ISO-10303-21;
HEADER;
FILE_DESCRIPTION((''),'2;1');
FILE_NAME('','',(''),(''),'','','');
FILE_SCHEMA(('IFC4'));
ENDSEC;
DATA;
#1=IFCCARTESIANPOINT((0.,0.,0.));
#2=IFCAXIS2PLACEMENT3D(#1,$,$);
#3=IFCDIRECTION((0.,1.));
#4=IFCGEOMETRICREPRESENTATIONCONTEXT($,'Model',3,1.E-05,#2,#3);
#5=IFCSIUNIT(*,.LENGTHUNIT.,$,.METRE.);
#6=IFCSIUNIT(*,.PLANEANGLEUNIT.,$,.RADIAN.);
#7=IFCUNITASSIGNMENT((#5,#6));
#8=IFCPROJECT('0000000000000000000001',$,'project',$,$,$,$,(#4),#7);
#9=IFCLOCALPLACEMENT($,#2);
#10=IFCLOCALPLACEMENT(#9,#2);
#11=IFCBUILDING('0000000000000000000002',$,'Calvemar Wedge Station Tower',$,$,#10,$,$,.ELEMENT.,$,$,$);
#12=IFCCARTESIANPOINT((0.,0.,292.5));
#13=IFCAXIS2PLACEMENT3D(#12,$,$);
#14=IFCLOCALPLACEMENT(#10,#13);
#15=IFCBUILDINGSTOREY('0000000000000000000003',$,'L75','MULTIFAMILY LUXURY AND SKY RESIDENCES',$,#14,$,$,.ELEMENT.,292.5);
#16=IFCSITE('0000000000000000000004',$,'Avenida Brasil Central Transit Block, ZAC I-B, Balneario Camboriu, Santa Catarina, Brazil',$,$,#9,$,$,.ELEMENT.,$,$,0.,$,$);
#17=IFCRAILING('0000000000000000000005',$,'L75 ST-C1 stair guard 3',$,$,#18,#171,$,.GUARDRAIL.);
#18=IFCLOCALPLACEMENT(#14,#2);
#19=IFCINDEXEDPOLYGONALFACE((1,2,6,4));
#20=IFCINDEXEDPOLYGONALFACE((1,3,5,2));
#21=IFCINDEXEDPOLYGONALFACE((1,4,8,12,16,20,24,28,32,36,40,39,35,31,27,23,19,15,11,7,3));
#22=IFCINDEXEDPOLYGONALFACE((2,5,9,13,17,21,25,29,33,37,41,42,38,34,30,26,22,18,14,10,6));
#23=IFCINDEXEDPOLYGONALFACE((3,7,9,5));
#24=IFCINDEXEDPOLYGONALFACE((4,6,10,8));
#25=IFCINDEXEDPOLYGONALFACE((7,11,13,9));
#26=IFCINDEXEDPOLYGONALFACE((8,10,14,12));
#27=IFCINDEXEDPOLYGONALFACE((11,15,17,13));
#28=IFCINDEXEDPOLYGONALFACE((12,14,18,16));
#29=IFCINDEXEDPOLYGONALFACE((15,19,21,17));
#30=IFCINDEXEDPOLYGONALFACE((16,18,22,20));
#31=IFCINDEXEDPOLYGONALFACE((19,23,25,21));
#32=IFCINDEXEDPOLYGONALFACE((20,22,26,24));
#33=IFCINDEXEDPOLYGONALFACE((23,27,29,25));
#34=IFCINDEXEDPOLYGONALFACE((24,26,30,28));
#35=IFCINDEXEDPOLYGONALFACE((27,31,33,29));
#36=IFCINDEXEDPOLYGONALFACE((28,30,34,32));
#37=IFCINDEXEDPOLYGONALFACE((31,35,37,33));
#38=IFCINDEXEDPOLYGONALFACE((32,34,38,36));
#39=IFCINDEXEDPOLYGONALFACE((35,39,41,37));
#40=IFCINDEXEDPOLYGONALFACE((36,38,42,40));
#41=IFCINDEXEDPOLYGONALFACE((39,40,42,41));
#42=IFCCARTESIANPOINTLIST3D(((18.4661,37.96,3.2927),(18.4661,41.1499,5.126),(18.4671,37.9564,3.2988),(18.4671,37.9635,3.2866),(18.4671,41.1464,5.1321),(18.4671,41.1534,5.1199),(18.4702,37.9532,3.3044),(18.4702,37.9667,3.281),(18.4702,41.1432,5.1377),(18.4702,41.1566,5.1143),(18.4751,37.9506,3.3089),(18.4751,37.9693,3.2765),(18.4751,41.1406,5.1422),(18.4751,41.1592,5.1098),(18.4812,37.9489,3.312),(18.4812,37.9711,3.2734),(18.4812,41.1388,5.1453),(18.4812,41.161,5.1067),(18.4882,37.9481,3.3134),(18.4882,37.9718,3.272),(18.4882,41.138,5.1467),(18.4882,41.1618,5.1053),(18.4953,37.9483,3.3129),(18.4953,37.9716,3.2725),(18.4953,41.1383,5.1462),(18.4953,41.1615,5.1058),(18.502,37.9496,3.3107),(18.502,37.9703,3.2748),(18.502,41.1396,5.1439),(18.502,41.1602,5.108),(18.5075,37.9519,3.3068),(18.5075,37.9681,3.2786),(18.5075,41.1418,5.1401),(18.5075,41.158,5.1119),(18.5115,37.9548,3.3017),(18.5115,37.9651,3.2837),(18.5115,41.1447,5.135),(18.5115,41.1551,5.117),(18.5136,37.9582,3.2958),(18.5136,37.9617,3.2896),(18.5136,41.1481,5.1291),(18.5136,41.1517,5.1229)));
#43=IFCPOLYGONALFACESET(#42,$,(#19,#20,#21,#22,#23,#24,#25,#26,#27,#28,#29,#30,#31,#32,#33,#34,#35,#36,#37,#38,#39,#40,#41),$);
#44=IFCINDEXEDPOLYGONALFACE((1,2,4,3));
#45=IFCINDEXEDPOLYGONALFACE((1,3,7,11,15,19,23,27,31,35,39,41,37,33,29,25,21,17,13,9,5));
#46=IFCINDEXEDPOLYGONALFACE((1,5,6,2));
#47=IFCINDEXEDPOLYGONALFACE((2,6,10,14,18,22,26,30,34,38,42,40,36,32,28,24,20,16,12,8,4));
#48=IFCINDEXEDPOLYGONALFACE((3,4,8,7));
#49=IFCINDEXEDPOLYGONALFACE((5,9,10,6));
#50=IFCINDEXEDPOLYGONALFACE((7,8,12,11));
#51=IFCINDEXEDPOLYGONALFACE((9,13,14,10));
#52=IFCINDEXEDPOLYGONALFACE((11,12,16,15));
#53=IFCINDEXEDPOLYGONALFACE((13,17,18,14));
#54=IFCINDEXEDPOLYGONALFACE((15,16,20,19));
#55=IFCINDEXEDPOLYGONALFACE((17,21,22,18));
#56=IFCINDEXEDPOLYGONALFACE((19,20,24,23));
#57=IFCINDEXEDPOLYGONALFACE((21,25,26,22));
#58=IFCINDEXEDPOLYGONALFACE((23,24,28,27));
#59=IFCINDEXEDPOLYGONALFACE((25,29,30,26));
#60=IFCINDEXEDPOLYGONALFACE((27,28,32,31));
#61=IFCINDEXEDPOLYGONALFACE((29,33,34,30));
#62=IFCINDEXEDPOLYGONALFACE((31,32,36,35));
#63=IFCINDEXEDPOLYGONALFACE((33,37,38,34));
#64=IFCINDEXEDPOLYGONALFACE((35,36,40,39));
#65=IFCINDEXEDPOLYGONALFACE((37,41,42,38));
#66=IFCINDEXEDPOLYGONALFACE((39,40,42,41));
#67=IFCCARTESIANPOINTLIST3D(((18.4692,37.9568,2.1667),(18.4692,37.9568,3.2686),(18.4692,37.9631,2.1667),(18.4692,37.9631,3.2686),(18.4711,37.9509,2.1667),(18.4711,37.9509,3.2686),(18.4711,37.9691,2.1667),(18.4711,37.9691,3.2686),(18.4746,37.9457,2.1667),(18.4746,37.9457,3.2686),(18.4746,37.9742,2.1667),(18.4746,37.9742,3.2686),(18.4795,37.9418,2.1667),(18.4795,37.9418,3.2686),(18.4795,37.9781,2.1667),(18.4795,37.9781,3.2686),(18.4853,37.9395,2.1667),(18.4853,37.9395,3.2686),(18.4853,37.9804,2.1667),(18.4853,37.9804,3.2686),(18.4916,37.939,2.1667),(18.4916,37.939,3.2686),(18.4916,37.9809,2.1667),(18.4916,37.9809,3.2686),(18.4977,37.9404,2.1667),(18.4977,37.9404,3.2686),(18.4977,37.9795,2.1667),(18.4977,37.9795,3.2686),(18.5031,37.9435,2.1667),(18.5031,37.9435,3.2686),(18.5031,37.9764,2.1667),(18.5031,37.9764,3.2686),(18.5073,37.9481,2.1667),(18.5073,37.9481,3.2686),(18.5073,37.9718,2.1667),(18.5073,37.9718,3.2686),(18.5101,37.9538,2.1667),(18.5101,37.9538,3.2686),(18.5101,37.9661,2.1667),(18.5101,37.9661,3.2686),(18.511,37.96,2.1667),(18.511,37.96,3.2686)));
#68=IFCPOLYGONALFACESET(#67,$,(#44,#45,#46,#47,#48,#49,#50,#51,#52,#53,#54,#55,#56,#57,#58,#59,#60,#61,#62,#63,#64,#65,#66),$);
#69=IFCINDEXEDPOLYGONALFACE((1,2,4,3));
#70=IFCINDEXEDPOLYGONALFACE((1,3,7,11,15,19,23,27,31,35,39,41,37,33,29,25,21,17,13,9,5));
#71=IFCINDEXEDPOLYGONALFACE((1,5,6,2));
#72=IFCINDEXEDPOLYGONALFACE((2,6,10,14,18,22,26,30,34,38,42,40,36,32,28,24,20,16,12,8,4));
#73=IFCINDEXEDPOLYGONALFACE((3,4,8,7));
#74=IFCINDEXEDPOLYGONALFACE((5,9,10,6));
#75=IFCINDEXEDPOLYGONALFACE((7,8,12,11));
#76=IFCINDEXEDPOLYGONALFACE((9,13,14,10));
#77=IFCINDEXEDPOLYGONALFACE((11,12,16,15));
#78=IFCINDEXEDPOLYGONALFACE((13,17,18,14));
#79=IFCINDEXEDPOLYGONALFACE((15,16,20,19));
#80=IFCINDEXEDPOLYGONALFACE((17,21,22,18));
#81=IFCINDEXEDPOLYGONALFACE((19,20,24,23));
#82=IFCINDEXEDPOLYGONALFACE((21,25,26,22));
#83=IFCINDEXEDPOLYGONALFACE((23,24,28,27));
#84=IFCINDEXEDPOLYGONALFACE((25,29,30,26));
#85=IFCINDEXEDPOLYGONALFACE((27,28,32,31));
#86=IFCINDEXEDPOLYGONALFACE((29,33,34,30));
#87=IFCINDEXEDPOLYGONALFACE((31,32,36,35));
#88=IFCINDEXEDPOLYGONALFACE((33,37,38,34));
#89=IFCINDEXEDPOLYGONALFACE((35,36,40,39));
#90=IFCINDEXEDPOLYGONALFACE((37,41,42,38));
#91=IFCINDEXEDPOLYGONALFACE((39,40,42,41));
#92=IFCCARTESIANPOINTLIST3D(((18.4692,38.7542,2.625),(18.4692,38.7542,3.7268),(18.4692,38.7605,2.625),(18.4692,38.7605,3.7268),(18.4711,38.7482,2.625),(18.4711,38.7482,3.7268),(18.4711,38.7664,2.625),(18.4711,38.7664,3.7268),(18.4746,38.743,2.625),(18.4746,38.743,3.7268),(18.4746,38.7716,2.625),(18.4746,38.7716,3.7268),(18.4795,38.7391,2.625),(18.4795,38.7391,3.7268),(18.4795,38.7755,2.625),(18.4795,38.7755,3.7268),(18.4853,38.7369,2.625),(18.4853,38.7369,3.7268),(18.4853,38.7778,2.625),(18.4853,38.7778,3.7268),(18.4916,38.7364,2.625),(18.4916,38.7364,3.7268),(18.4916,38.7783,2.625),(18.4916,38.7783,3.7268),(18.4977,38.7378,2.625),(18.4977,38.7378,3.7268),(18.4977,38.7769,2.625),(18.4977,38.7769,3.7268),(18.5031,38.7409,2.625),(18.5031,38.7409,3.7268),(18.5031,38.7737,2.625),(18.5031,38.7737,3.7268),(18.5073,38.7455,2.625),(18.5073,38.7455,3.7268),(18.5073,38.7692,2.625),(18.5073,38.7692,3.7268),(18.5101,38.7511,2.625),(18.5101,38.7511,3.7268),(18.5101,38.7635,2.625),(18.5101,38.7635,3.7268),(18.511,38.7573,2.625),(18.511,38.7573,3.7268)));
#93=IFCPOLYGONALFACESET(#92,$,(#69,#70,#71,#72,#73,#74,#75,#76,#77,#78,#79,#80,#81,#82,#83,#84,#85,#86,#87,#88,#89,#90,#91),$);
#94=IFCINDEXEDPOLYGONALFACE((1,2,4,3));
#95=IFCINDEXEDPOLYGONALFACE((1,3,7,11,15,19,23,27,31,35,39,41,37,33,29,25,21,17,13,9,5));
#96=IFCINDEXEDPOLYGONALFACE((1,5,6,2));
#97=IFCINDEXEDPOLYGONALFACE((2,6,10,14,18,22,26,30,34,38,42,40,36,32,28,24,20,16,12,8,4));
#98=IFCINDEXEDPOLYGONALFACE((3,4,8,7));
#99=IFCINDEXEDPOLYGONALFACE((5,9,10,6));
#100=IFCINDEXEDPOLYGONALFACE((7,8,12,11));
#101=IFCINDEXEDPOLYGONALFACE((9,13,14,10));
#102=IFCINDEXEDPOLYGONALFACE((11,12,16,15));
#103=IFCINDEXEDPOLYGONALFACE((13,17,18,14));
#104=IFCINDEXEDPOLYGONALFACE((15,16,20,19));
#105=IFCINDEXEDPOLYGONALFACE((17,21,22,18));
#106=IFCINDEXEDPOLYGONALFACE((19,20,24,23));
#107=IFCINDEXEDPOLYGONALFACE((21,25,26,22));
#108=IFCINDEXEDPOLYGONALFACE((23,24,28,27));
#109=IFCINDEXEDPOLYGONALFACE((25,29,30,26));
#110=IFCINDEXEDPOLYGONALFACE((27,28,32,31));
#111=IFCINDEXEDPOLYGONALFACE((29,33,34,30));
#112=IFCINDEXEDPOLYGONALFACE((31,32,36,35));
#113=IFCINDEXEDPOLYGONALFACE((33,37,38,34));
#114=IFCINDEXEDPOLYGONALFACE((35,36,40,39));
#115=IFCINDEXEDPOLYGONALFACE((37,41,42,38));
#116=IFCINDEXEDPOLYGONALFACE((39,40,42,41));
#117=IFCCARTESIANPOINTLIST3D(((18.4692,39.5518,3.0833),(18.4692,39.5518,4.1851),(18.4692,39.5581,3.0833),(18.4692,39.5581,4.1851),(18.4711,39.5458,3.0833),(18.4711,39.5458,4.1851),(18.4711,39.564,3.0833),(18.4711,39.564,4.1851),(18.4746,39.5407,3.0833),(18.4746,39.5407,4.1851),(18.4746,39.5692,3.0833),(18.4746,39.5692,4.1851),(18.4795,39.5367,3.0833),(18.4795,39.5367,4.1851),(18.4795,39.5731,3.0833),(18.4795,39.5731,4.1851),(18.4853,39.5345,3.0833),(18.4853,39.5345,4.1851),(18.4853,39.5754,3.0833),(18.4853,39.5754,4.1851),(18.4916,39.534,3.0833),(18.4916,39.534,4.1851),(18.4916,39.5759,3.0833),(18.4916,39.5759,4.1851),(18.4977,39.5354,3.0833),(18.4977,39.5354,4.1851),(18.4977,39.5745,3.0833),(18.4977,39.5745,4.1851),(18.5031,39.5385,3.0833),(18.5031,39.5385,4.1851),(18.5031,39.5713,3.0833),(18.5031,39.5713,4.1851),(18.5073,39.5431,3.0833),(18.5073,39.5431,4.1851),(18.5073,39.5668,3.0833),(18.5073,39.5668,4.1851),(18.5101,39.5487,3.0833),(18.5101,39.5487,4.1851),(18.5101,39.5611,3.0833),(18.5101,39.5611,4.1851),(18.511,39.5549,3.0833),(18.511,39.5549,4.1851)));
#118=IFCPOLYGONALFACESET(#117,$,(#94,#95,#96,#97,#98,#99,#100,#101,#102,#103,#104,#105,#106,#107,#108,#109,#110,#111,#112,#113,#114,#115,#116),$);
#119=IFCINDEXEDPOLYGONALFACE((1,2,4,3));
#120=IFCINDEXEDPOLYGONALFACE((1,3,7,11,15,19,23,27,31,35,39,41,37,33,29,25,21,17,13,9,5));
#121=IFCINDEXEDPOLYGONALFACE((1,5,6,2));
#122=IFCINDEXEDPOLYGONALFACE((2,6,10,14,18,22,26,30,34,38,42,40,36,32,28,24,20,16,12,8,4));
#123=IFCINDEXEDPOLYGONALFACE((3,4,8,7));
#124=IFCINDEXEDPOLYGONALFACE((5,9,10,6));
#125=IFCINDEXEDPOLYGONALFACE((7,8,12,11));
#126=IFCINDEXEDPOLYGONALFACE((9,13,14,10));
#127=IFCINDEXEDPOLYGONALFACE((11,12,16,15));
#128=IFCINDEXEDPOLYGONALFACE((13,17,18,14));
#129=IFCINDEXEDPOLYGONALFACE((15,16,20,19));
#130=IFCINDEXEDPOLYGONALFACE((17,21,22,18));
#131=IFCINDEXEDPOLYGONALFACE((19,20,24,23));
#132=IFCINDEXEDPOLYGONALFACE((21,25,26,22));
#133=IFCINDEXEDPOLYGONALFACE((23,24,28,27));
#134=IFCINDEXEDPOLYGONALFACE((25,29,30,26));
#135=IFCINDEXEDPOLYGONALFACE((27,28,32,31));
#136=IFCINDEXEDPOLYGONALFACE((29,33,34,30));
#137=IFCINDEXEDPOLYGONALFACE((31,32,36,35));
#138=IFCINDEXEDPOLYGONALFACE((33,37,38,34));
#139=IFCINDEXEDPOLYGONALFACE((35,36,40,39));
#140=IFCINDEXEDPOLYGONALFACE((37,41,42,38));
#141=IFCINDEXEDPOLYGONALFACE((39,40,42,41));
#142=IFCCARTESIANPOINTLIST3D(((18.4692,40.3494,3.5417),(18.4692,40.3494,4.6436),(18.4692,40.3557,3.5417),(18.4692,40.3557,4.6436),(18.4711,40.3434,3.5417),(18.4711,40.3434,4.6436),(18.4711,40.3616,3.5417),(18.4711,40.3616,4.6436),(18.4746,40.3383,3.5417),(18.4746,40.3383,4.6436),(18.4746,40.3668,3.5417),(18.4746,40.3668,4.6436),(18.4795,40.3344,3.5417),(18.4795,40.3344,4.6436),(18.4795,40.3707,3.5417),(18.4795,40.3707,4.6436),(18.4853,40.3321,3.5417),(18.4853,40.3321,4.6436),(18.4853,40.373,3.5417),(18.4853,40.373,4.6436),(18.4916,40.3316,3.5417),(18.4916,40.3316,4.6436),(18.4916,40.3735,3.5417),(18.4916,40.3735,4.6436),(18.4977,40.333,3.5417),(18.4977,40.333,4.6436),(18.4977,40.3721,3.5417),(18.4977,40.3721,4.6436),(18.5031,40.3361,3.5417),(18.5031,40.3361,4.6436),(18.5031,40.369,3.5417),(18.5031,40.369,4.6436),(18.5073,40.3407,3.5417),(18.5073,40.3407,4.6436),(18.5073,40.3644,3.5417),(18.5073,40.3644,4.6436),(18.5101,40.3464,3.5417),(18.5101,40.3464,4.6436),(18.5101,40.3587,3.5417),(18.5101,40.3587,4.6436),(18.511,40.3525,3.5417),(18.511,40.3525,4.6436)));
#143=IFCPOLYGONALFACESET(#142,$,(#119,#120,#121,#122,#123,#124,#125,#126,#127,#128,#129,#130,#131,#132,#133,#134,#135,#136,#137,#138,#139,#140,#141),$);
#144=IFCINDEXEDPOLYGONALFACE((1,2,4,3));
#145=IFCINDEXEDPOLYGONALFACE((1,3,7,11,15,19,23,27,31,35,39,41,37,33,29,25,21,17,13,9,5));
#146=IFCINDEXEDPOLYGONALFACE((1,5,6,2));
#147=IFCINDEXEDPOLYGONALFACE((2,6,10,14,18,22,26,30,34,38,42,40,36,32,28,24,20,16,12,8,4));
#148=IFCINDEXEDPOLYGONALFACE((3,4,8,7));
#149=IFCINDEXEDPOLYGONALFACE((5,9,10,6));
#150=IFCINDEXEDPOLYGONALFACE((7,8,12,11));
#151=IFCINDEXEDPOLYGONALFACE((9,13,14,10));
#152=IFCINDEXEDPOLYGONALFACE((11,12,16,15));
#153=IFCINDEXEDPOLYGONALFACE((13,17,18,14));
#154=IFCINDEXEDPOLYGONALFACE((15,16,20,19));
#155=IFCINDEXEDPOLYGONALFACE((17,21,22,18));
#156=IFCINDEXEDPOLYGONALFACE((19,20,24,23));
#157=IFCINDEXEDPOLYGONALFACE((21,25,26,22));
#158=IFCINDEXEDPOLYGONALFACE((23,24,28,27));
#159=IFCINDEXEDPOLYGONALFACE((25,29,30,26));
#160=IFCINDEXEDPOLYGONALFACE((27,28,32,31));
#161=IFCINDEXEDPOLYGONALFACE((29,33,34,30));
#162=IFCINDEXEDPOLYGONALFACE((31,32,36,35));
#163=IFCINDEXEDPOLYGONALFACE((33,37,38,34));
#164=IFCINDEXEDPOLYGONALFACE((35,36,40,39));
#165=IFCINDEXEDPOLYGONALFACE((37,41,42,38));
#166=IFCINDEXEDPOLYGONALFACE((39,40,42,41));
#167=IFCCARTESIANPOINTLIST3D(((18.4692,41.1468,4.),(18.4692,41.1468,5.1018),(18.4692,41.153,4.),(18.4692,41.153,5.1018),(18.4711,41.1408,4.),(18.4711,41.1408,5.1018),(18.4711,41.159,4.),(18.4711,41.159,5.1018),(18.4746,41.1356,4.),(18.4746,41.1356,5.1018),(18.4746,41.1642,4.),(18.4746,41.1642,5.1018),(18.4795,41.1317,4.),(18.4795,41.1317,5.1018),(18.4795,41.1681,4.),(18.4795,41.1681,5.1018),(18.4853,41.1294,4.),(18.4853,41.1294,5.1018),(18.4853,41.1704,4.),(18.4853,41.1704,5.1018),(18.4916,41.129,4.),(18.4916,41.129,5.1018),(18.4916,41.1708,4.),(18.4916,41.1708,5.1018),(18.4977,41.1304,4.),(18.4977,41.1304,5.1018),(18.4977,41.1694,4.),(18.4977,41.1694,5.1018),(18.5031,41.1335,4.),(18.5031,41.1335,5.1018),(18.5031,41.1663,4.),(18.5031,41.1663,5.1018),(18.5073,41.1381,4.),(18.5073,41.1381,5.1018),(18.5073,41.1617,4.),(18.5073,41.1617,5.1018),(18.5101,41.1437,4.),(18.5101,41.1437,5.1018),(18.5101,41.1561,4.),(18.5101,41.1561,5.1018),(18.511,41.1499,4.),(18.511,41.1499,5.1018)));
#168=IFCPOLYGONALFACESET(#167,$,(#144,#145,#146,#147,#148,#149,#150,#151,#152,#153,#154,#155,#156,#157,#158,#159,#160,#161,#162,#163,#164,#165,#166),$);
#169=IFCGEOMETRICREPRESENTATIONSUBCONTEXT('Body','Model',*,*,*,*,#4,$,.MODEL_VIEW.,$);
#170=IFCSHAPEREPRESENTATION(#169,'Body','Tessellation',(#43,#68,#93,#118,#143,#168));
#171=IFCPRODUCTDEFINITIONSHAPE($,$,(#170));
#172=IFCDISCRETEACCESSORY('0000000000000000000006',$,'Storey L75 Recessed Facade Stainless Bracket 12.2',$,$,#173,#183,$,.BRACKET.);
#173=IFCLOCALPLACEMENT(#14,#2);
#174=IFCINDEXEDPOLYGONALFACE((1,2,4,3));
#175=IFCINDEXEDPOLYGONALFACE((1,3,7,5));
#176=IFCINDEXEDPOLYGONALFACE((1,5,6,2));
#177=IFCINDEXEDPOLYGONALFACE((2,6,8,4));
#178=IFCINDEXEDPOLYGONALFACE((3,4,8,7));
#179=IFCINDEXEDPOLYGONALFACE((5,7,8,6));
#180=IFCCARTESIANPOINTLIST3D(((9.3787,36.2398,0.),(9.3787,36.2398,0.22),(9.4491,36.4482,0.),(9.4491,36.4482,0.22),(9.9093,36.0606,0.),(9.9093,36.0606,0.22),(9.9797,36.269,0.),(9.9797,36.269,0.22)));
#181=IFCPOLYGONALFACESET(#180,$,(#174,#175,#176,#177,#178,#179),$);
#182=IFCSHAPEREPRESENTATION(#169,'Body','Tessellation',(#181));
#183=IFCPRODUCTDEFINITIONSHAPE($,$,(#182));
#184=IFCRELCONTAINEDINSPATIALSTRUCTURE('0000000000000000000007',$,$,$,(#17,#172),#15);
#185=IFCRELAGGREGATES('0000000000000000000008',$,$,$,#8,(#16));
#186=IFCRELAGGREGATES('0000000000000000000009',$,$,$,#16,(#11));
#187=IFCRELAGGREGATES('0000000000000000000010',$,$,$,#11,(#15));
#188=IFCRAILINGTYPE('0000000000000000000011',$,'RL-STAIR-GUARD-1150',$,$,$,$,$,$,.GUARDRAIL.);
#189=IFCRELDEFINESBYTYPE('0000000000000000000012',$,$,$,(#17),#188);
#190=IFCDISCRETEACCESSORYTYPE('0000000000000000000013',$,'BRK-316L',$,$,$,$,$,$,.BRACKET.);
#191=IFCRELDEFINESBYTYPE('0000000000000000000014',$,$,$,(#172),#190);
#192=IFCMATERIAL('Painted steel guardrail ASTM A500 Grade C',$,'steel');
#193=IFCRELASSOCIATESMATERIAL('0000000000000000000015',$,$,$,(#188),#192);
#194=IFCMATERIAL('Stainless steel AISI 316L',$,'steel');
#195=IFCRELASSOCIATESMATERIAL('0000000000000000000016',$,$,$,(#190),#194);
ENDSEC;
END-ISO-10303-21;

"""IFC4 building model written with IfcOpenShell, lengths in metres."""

from ifc_helpers import new_model, si_unit, direction, frame, origin, origin_2d, place, context, subcontext, project, spatial, rectangle, circle, extrude, source, transform, mapped, material, type_object, element, save


model = new_model("IFC4")

# Units and contexts
model_context = context("Model", 3, precision=1e-05, world=origin(), true_north=direction((0.0, 1.0)))
body_context = subcontext(model_context, "Body", "Model", "MODEL_VIEW")
ifc_project = project(units=[si_unit("LENGTHUNIT", "METRE"), si_unit("PLANEANGLEUNIT", "RADIAN")], contexts=[model_context])

# Site, building, storey
site_placement = place(None, origin())
site = spatial("IfcSite", under=ifc_project, at=site_placement, Name="Avenida Brasil Central Transit Block, ZAC I-B, Balneario Camboriu, Santa Catarina, Brazil", CompositionType="ELEMENT", RefElevation=0.0)
building_placement = place(site_placement, origin())
building = spatial("IfcBuilding", under=site, at=building_placement, Name="Calvemar Wedge Station Tower", CompositionType="ELEMENT")
storey_placement = place(building_placement, frame((0.0, 0.0, 292.5)))
storey = spatial("IfcBuildingStorey", under=building, at=storey_placement, Name="L75", Description="MULTIFAMILY LUXURY AND SKY RESIDENCES", CompositionType="ELEMENT", Elevation=292.5)

# Railing
ifc_material_1 = material(Name="Stainless steel AISI 316L", Category="steel")
ifc_material_2 = material(Name="Painted steel guardrail ASTM A500 Grade C", Category="steel")
railing_type_1 = type_object("IfcRailingType", Name="RL-STAIR-GUARD-1150", PredefinedType="GUARDRAIL", material=ifc_material_2)
railing_1_placement = place(storey_placement, frame((18.49, 37.96, 2.1667)))
element("IfcRailing", 1, at=railing_1_placement, inside=storey, type_object=railing_type_1, Name="L75 ST-C1 stair guard 3", PredefinedType="GUARDRAIL", context=body_context, shape_type="SweptSolid", body=[
    extrude(circle(Radius=0.0239, at=origin_2d()), frame((0.0, 0.0, 1.126), z_axis=(0.0, 0.86702, 0.498274), x_axis=(-1.0, 0.0, 0.0)), (0.0, 0.0, 1.0), 3.6792),
    extrude(circle(Radius=0.021, at=origin_2d()), origin(), (0.0, 0.0, 1.0), 1.1018),
    extrude(circle(Radius=0.021, at=origin_2d()), frame((0.0, 0.7974, 0.4583)), (0.0, 0.0, 1.0), 1.1018),
    extrude(circle(Radius=0.021, at=origin_2d()), frame((0.0, 1.595, 0.9165)), (0.0, 0.0, 1.0), 1.1018),
    extrude(circle(Radius=0.021, at=origin_2d()), frame((0.0, 2.3926, 1.375)), (0.0, 0.0, 1.0), 1.1018),
    extrude(circle(Radius=0.021, at=origin_2d()), frame((0.0, 3.1899, 1.8333)), (0.0, 0.0, 1.0), 1.1018),
])

# Discrete accessory
discrete_accessory_type = type_object("IfcDiscreteAccessoryType", Name="BRK-316L", PredefinedType="BRACKET", material=ifc_material_1)
shared_shape_1 = source(origin(), body_context, "Body", "SweptSolid", [
    extrude(rectangle(XDim=0.22, YDim=0.5601, at=origin_2d()), origin(), (0.0, 0.0, 1.0), 0.22),
])
discrete_accessory_placement = place(storey_placement, frame((9.6792, 36.2544, 0.0), z_axis=(0.0, 0.0, 1.0), x_axis=(-0.319952, -0.947434, 0.0)))
element("IfcDiscreteAccessory", 2, at=discrete_accessory_placement, inside=storey, type_object=discrete_accessory_type, Name="Storey L75 Recessed Facade Stainless Bracket 12.2", PredefinedType="BRACKET", context=body_context, shape_type="MappedRepresentation", body=[
    mapped(shared_shape_1, transform((0.0, 0.0, 0.0), scale=1.0)),
])

save(model, "model.ifc")
